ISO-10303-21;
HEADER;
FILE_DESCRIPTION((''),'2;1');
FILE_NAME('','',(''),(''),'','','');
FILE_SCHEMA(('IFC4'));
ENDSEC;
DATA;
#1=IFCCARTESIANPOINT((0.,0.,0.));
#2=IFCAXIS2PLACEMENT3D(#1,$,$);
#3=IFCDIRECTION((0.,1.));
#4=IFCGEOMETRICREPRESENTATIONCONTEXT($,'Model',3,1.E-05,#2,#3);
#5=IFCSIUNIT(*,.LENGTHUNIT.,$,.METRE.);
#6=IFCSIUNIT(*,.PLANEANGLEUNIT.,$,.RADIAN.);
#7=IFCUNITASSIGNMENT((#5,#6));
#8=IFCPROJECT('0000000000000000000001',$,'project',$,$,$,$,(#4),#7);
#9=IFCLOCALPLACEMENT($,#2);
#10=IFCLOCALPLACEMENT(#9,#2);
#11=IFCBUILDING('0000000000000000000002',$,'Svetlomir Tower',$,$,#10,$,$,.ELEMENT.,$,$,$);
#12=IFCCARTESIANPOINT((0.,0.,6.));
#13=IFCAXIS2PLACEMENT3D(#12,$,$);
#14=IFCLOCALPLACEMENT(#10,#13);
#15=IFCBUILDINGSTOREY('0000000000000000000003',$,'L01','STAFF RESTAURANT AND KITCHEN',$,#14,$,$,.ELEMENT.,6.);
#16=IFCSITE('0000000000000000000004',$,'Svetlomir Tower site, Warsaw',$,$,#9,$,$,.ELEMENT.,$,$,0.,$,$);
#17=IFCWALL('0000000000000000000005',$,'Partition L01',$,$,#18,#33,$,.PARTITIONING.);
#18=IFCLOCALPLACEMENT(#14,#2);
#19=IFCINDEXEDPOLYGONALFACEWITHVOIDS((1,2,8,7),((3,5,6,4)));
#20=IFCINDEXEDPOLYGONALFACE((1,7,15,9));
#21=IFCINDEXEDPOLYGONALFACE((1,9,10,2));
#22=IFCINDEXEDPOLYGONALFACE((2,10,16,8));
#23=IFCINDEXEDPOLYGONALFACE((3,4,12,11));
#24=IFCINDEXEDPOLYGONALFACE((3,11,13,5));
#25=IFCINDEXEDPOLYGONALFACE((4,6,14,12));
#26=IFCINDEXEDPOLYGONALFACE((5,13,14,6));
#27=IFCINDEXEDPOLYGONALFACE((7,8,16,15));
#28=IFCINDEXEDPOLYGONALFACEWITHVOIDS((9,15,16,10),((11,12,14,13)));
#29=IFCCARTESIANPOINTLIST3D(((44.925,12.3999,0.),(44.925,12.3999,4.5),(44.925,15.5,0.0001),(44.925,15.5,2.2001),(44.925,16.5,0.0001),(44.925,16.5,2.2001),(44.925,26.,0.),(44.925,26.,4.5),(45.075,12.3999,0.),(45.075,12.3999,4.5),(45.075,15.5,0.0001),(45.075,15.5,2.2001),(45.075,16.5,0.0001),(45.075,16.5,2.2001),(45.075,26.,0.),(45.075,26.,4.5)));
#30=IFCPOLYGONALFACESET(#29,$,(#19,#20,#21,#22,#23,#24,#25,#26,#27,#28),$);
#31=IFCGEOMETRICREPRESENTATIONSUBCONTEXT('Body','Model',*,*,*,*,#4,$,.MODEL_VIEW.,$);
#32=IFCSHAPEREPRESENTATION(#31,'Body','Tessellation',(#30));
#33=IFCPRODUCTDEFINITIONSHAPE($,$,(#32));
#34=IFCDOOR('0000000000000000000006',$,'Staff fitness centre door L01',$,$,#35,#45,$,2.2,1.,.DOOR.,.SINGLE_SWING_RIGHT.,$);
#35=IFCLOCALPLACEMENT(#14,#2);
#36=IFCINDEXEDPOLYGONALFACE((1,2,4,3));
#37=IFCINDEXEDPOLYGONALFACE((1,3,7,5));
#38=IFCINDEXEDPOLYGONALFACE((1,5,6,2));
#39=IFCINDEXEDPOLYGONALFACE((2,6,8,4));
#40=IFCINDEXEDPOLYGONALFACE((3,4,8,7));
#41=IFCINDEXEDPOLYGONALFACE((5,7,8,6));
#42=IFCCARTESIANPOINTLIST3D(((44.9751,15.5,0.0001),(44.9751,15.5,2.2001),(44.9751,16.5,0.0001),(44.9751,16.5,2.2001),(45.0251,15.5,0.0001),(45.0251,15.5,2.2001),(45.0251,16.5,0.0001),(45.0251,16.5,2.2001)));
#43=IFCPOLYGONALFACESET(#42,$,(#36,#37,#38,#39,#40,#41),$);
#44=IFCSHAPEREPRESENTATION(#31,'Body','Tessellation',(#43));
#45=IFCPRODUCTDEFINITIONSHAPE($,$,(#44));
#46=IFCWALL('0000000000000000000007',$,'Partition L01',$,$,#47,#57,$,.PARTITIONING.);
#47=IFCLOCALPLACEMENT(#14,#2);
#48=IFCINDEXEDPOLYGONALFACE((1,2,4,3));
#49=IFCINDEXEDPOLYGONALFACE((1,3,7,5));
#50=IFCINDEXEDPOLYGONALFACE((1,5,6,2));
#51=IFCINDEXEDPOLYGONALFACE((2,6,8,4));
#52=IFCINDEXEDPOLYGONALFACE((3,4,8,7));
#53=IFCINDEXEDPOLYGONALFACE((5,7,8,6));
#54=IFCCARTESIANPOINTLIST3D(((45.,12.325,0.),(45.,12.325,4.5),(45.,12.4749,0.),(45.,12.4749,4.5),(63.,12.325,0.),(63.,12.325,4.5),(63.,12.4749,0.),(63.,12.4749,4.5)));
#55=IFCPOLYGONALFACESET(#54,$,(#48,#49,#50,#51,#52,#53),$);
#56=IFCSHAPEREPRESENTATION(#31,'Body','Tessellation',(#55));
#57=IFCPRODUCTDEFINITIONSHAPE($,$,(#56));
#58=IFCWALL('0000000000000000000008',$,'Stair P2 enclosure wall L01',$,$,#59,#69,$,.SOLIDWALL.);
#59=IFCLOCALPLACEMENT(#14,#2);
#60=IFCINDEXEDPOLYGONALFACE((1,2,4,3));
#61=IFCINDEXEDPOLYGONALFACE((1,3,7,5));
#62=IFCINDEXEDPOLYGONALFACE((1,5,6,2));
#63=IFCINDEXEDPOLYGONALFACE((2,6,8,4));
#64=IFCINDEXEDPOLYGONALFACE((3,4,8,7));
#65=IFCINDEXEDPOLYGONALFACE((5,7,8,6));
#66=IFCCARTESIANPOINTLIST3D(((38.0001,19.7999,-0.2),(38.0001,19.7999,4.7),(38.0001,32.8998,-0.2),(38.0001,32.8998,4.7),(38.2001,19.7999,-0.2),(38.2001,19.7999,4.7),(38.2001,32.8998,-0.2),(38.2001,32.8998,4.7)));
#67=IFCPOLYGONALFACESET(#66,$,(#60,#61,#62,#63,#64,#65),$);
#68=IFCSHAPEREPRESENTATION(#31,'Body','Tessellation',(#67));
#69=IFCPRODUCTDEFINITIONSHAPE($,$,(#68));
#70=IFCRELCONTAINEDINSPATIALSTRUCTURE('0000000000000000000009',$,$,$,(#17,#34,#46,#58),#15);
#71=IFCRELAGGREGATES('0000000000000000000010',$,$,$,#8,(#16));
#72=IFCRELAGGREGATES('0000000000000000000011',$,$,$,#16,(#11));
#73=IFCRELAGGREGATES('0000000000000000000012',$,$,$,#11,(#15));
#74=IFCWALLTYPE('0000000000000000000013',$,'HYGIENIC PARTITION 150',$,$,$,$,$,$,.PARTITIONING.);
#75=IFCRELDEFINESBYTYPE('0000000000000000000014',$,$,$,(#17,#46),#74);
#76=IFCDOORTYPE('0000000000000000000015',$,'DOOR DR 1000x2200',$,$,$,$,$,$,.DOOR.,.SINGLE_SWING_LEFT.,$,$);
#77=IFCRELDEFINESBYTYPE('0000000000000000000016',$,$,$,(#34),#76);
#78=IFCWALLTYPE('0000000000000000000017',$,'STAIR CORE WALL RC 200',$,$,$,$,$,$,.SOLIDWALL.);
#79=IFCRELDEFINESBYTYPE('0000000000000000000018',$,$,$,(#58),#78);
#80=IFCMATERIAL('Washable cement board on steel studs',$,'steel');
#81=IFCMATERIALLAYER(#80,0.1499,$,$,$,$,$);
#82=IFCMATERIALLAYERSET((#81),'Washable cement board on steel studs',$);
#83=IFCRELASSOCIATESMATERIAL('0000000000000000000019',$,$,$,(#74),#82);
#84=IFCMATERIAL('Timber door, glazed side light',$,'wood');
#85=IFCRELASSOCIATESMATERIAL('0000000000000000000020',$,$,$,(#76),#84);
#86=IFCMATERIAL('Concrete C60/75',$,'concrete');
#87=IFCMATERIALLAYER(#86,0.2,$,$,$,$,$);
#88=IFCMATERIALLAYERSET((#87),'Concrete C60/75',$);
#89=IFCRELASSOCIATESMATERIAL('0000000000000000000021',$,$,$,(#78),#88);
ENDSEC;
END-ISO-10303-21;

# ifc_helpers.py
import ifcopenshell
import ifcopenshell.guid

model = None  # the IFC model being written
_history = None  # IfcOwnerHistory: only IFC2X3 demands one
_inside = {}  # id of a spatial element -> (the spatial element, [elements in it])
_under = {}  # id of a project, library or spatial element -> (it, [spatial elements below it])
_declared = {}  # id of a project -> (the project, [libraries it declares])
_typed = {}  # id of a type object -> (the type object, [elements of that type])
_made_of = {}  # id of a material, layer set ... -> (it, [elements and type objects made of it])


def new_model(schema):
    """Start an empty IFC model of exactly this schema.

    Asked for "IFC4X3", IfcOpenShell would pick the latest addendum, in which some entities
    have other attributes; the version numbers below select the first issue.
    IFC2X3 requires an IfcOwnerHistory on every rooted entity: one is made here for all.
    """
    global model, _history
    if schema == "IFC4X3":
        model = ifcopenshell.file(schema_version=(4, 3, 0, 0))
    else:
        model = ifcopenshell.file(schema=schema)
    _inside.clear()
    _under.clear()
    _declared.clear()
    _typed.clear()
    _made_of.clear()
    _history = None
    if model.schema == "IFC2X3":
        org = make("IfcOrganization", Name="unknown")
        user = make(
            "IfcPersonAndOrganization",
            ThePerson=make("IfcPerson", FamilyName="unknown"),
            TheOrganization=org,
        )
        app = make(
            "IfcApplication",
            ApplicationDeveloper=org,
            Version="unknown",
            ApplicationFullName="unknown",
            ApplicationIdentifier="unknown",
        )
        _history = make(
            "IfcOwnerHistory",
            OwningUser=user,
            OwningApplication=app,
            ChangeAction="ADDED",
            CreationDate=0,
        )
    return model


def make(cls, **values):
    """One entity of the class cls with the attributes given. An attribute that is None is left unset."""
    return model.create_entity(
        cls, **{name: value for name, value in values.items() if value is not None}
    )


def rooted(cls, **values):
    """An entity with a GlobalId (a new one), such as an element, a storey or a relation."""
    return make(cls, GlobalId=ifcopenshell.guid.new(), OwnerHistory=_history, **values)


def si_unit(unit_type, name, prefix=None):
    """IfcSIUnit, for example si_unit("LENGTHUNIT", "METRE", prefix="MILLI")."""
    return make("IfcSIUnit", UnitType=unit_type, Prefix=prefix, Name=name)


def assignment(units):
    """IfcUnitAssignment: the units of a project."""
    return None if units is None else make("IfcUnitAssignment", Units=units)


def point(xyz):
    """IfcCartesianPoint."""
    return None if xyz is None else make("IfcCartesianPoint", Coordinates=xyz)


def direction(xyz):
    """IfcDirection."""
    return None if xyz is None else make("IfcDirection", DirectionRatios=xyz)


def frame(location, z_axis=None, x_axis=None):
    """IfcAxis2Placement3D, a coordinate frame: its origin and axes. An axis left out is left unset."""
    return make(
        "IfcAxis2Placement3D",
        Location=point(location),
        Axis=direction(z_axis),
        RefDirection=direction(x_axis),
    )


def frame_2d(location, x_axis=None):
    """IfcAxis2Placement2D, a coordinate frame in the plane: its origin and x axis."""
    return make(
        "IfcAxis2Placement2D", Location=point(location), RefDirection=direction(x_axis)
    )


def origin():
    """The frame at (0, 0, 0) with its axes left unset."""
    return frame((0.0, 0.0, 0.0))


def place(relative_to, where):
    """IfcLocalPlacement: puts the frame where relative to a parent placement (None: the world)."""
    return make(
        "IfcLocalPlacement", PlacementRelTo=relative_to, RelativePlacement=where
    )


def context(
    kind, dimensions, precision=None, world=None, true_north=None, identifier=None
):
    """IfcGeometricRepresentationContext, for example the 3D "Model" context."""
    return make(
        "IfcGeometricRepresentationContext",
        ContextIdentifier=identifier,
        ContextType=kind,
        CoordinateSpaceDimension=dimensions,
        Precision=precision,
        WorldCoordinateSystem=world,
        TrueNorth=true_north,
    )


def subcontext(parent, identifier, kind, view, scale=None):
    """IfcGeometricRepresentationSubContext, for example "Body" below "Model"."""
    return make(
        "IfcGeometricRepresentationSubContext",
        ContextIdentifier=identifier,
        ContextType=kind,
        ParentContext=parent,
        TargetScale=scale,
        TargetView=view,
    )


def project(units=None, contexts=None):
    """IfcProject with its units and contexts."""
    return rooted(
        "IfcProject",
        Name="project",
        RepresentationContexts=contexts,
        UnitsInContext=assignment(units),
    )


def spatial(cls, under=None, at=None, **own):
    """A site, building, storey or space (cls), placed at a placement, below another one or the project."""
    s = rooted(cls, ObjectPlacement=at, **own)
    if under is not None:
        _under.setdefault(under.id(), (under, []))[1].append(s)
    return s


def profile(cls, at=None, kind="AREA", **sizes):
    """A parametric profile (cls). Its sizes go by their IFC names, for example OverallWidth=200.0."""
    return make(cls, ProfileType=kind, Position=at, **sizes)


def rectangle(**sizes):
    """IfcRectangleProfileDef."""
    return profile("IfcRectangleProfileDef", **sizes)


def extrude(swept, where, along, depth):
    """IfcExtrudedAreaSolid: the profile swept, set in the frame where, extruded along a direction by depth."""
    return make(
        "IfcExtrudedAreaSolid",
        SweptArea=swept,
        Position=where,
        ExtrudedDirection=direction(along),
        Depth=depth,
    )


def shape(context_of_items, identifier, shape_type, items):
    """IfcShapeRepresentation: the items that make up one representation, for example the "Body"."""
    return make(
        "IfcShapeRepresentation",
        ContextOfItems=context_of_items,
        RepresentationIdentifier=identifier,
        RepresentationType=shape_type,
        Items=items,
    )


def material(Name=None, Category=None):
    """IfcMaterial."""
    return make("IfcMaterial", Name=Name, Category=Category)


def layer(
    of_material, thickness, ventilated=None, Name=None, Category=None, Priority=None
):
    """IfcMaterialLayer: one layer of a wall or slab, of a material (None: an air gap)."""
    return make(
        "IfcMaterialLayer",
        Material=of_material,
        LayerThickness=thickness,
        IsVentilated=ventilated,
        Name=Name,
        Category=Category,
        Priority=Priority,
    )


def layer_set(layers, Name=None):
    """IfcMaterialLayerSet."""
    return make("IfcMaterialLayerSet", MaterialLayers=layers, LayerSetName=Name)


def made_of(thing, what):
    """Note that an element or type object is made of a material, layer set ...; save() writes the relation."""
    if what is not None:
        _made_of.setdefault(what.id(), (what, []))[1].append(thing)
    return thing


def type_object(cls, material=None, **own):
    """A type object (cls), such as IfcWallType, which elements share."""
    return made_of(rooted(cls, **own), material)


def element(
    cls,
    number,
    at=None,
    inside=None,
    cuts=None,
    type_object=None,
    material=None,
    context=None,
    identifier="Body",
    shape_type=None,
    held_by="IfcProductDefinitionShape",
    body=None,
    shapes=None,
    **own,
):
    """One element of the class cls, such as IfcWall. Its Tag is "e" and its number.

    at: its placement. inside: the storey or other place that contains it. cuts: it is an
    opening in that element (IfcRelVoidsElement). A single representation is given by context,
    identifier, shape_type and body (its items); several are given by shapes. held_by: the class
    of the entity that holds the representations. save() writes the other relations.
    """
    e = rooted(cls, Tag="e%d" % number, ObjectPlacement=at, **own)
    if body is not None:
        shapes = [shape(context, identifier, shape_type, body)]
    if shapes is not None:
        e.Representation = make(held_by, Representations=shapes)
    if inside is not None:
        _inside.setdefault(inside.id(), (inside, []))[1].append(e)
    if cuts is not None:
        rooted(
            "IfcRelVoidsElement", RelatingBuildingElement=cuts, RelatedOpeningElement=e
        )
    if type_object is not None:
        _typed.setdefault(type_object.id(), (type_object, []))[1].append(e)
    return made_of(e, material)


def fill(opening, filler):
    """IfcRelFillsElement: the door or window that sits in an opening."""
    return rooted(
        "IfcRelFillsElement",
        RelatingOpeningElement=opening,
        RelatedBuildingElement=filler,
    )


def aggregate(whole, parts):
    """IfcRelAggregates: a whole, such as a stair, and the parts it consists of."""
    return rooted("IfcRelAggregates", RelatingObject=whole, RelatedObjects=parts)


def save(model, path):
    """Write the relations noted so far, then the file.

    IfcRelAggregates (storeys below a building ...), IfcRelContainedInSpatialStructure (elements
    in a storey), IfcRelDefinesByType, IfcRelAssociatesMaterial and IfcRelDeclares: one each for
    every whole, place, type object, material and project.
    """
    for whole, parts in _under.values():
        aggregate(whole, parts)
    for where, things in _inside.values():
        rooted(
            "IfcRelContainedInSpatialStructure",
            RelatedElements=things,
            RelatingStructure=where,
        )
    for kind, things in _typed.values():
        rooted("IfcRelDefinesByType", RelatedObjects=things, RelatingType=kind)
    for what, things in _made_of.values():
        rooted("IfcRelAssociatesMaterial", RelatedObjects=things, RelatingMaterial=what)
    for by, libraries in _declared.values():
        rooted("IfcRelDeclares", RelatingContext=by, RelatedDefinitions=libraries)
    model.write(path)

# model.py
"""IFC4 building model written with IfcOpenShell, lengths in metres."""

from ifc_helpers import new_model, si_unit, direction, frame, frame_2d, origin, place, context, subcontext, project, spatial, rectangle, extrude, material, layer, layer_set, type_object, element, fill, save


model = new_model("IFC4")

# Units and contexts
model_context = context("Model", 3, precision=1e-05, world=origin(), true_north=direction((0.0, 1.0)))
body_context = subcontext(model_context, "Body", "Model", "MODEL_VIEW")
ifc_project = project(units=[si_unit("LENGTHUNIT", "METRE"), si_unit("PLANEANGLEUNIT", "RADIAN")], contexts=[model_context])

# Site, building, storey
site_placement = place(None, origin())
site = spatial("IfcSite", under=ifc_project, at=site_placement, Name="Svetlomir Tower site, Warsaw", CompositionType="ELEMENT", RefElevation=0.0)
building_placement = place(site_placement, origin())
building = spatial("IfcBuilding", under=site, at=building_placement, Name="Svetlomir Tower", CompositionType="ELEMENT")
storey_placement = place(building_placement, frame((0.0, 0.0, 6.0)))
storey = spatial("IfcBuildingStorey", under=building, at=storey_placement, Name="L01", Description="STAFF RESTAURANT AND KITCHEN", CompositionType="ELEMENT", Elevation=6.0)

# Wall, opening, door
ifc_material_1 = material(Name="Washable cement board on steel studs", Category="steel")
ifc_layer_1 = layer(ifc_material_1, 0.1499)
ifc_layer_set_1 = layer_set([ifc_layer_1], Name="Washable cement board on steel studs")
wall_type_1 = type_object("IfcWallType", Name="HYGIENIC PARTITION 150", PredefinedType="PARTITIONING", material=ifc_layer_set_1)
wall_1_placement = place(storey_placement, frame((45.0, 12.3999, 0.0), z_axis=(0.0, 0.0, 1.0), x_axis=(0.0, 1.0, 0.0)))
wall_1 = element("IfcWall", 1, at=wall_1_placement, inside=storey, type_object=wall_type_1, Name="Partition L01", PredefinedType="PARTITIONING", context=body_context, shape_type="SweptSolid", body=[
    extrude(rectangle(XDim=13.6001, YDim=0.1499, at=frame_2d((6.8, 0.0))), origin(), (0.0, 0.0, 1.0), 4.5),
])
opening_1_placement = place(wall_1_placement, frame((3.1001, 0.0, 0.0)))
opening_1 = element("IfcOpeningElement", 2, at=opening_1_placement, cuts=wall_1, PredefinedType="OPENING", context=body_context, shape_type="SweptSolid", body=[
    extrude(rectangle(XDim=1.0, YDim=2.2, at=frame_2d((0.5, 1.1001))), frame((0.0, 0.085, 0.0), z_axis=(0.0, -1.0, 0.0), x_axis=(1.0, 0.0, 0.0)), (0.0, 0.0, 1.0), 0.1699),
])
ifc_material_2 = material(Name="Timber door, glazed side light", Category="wood")
door_type_1 = type_object("IfcDoorType", Name="DOOR DR 1000x2200", OperationType="SINGLE_SWING_LEFT", PredefinedType="DOOR", material=ifc_material_2)
door_1_placement = place(opening_1_placement, origin())
door_1 = element("IfcDoor", 3, at=door_1_placement, inside=storey, type_object=door_type_1, Name="Staff fitness centre door L01", OperationType="SINGLE_SWING_RIGHT", OverallHeight=2.2, OverallWidth=1.0, PredefinedType="DOOR", context=body_context, shape_type="SweptSolid", body=[
    extrude(rectangle(XDim=1.0, YDim=2.2, at=frame_2d((0.5, 1.1001))), frame((0.0, 0.0249, 0.0), z_axis=(0.0, -1.0, 0.0), x_axis=(1.0, 0.0, 0.0)), (0.0, 0.0, 1.0), 0.05),
])
fill(opening_1, door_1)

# Walls
wall_2_placement = place(storey_placement, frame((45.0, 12.3999, 0.0), z_axis=(0.0, 0.0, 1.0), x_axis=(1.0, 0.0, 0.0)))
element("IfcWall", 4, at=wall_2_placement, inside=storey, type_object=wall_type_1, Name="Partition L01", PredefinedType="PARTITIONING", context=body_context, shape_type="SweptSolid", body=[
    extrude(rectangle(XDim=18.0, YDim=0.1499, at=frame_2d((9.0, 0.0))), origin(), (0.0, 0.0, 1.0), 4.5),
])
ifc_material_3 = material(Name="Concrete C60/75", Category="concrete")
ifc_layer_2 = layer(ifc_material_3, 0.2)
ifc_layer_set_2 = layer_set([ifc_layer_2], Name="Concrete C60/75")
wall_type_2 = type_object("IfcWallType", Name="STAIR CORE WALL RC 200", PredefinedType="SOLIDWALL", material=ifc_layer_set_2)
wall_3_placement = place(storey_placement, frame((38.1001, 19.8, -0.2), z_axis=(0.0, 0.0, 1.0), x_axis=(0.0, 1.0, 0.0)))
element("IfcWall", 5, at=wall_3_placement, inside=storey, type_object=wall_type_2, Name="Stair P2 enclosure wall L01", PredefinedType="SOLIDWALL", context=body_context, shape_type="SweptSolid", body=[
    extrude(rectangle(XDim=13.0999, YDim=0.2, at=frame_2d((6.5498, 0.0))), origin(), (0.0, 0.0, 1.0), 4.8999),
])

save(model, "model.ifc")
